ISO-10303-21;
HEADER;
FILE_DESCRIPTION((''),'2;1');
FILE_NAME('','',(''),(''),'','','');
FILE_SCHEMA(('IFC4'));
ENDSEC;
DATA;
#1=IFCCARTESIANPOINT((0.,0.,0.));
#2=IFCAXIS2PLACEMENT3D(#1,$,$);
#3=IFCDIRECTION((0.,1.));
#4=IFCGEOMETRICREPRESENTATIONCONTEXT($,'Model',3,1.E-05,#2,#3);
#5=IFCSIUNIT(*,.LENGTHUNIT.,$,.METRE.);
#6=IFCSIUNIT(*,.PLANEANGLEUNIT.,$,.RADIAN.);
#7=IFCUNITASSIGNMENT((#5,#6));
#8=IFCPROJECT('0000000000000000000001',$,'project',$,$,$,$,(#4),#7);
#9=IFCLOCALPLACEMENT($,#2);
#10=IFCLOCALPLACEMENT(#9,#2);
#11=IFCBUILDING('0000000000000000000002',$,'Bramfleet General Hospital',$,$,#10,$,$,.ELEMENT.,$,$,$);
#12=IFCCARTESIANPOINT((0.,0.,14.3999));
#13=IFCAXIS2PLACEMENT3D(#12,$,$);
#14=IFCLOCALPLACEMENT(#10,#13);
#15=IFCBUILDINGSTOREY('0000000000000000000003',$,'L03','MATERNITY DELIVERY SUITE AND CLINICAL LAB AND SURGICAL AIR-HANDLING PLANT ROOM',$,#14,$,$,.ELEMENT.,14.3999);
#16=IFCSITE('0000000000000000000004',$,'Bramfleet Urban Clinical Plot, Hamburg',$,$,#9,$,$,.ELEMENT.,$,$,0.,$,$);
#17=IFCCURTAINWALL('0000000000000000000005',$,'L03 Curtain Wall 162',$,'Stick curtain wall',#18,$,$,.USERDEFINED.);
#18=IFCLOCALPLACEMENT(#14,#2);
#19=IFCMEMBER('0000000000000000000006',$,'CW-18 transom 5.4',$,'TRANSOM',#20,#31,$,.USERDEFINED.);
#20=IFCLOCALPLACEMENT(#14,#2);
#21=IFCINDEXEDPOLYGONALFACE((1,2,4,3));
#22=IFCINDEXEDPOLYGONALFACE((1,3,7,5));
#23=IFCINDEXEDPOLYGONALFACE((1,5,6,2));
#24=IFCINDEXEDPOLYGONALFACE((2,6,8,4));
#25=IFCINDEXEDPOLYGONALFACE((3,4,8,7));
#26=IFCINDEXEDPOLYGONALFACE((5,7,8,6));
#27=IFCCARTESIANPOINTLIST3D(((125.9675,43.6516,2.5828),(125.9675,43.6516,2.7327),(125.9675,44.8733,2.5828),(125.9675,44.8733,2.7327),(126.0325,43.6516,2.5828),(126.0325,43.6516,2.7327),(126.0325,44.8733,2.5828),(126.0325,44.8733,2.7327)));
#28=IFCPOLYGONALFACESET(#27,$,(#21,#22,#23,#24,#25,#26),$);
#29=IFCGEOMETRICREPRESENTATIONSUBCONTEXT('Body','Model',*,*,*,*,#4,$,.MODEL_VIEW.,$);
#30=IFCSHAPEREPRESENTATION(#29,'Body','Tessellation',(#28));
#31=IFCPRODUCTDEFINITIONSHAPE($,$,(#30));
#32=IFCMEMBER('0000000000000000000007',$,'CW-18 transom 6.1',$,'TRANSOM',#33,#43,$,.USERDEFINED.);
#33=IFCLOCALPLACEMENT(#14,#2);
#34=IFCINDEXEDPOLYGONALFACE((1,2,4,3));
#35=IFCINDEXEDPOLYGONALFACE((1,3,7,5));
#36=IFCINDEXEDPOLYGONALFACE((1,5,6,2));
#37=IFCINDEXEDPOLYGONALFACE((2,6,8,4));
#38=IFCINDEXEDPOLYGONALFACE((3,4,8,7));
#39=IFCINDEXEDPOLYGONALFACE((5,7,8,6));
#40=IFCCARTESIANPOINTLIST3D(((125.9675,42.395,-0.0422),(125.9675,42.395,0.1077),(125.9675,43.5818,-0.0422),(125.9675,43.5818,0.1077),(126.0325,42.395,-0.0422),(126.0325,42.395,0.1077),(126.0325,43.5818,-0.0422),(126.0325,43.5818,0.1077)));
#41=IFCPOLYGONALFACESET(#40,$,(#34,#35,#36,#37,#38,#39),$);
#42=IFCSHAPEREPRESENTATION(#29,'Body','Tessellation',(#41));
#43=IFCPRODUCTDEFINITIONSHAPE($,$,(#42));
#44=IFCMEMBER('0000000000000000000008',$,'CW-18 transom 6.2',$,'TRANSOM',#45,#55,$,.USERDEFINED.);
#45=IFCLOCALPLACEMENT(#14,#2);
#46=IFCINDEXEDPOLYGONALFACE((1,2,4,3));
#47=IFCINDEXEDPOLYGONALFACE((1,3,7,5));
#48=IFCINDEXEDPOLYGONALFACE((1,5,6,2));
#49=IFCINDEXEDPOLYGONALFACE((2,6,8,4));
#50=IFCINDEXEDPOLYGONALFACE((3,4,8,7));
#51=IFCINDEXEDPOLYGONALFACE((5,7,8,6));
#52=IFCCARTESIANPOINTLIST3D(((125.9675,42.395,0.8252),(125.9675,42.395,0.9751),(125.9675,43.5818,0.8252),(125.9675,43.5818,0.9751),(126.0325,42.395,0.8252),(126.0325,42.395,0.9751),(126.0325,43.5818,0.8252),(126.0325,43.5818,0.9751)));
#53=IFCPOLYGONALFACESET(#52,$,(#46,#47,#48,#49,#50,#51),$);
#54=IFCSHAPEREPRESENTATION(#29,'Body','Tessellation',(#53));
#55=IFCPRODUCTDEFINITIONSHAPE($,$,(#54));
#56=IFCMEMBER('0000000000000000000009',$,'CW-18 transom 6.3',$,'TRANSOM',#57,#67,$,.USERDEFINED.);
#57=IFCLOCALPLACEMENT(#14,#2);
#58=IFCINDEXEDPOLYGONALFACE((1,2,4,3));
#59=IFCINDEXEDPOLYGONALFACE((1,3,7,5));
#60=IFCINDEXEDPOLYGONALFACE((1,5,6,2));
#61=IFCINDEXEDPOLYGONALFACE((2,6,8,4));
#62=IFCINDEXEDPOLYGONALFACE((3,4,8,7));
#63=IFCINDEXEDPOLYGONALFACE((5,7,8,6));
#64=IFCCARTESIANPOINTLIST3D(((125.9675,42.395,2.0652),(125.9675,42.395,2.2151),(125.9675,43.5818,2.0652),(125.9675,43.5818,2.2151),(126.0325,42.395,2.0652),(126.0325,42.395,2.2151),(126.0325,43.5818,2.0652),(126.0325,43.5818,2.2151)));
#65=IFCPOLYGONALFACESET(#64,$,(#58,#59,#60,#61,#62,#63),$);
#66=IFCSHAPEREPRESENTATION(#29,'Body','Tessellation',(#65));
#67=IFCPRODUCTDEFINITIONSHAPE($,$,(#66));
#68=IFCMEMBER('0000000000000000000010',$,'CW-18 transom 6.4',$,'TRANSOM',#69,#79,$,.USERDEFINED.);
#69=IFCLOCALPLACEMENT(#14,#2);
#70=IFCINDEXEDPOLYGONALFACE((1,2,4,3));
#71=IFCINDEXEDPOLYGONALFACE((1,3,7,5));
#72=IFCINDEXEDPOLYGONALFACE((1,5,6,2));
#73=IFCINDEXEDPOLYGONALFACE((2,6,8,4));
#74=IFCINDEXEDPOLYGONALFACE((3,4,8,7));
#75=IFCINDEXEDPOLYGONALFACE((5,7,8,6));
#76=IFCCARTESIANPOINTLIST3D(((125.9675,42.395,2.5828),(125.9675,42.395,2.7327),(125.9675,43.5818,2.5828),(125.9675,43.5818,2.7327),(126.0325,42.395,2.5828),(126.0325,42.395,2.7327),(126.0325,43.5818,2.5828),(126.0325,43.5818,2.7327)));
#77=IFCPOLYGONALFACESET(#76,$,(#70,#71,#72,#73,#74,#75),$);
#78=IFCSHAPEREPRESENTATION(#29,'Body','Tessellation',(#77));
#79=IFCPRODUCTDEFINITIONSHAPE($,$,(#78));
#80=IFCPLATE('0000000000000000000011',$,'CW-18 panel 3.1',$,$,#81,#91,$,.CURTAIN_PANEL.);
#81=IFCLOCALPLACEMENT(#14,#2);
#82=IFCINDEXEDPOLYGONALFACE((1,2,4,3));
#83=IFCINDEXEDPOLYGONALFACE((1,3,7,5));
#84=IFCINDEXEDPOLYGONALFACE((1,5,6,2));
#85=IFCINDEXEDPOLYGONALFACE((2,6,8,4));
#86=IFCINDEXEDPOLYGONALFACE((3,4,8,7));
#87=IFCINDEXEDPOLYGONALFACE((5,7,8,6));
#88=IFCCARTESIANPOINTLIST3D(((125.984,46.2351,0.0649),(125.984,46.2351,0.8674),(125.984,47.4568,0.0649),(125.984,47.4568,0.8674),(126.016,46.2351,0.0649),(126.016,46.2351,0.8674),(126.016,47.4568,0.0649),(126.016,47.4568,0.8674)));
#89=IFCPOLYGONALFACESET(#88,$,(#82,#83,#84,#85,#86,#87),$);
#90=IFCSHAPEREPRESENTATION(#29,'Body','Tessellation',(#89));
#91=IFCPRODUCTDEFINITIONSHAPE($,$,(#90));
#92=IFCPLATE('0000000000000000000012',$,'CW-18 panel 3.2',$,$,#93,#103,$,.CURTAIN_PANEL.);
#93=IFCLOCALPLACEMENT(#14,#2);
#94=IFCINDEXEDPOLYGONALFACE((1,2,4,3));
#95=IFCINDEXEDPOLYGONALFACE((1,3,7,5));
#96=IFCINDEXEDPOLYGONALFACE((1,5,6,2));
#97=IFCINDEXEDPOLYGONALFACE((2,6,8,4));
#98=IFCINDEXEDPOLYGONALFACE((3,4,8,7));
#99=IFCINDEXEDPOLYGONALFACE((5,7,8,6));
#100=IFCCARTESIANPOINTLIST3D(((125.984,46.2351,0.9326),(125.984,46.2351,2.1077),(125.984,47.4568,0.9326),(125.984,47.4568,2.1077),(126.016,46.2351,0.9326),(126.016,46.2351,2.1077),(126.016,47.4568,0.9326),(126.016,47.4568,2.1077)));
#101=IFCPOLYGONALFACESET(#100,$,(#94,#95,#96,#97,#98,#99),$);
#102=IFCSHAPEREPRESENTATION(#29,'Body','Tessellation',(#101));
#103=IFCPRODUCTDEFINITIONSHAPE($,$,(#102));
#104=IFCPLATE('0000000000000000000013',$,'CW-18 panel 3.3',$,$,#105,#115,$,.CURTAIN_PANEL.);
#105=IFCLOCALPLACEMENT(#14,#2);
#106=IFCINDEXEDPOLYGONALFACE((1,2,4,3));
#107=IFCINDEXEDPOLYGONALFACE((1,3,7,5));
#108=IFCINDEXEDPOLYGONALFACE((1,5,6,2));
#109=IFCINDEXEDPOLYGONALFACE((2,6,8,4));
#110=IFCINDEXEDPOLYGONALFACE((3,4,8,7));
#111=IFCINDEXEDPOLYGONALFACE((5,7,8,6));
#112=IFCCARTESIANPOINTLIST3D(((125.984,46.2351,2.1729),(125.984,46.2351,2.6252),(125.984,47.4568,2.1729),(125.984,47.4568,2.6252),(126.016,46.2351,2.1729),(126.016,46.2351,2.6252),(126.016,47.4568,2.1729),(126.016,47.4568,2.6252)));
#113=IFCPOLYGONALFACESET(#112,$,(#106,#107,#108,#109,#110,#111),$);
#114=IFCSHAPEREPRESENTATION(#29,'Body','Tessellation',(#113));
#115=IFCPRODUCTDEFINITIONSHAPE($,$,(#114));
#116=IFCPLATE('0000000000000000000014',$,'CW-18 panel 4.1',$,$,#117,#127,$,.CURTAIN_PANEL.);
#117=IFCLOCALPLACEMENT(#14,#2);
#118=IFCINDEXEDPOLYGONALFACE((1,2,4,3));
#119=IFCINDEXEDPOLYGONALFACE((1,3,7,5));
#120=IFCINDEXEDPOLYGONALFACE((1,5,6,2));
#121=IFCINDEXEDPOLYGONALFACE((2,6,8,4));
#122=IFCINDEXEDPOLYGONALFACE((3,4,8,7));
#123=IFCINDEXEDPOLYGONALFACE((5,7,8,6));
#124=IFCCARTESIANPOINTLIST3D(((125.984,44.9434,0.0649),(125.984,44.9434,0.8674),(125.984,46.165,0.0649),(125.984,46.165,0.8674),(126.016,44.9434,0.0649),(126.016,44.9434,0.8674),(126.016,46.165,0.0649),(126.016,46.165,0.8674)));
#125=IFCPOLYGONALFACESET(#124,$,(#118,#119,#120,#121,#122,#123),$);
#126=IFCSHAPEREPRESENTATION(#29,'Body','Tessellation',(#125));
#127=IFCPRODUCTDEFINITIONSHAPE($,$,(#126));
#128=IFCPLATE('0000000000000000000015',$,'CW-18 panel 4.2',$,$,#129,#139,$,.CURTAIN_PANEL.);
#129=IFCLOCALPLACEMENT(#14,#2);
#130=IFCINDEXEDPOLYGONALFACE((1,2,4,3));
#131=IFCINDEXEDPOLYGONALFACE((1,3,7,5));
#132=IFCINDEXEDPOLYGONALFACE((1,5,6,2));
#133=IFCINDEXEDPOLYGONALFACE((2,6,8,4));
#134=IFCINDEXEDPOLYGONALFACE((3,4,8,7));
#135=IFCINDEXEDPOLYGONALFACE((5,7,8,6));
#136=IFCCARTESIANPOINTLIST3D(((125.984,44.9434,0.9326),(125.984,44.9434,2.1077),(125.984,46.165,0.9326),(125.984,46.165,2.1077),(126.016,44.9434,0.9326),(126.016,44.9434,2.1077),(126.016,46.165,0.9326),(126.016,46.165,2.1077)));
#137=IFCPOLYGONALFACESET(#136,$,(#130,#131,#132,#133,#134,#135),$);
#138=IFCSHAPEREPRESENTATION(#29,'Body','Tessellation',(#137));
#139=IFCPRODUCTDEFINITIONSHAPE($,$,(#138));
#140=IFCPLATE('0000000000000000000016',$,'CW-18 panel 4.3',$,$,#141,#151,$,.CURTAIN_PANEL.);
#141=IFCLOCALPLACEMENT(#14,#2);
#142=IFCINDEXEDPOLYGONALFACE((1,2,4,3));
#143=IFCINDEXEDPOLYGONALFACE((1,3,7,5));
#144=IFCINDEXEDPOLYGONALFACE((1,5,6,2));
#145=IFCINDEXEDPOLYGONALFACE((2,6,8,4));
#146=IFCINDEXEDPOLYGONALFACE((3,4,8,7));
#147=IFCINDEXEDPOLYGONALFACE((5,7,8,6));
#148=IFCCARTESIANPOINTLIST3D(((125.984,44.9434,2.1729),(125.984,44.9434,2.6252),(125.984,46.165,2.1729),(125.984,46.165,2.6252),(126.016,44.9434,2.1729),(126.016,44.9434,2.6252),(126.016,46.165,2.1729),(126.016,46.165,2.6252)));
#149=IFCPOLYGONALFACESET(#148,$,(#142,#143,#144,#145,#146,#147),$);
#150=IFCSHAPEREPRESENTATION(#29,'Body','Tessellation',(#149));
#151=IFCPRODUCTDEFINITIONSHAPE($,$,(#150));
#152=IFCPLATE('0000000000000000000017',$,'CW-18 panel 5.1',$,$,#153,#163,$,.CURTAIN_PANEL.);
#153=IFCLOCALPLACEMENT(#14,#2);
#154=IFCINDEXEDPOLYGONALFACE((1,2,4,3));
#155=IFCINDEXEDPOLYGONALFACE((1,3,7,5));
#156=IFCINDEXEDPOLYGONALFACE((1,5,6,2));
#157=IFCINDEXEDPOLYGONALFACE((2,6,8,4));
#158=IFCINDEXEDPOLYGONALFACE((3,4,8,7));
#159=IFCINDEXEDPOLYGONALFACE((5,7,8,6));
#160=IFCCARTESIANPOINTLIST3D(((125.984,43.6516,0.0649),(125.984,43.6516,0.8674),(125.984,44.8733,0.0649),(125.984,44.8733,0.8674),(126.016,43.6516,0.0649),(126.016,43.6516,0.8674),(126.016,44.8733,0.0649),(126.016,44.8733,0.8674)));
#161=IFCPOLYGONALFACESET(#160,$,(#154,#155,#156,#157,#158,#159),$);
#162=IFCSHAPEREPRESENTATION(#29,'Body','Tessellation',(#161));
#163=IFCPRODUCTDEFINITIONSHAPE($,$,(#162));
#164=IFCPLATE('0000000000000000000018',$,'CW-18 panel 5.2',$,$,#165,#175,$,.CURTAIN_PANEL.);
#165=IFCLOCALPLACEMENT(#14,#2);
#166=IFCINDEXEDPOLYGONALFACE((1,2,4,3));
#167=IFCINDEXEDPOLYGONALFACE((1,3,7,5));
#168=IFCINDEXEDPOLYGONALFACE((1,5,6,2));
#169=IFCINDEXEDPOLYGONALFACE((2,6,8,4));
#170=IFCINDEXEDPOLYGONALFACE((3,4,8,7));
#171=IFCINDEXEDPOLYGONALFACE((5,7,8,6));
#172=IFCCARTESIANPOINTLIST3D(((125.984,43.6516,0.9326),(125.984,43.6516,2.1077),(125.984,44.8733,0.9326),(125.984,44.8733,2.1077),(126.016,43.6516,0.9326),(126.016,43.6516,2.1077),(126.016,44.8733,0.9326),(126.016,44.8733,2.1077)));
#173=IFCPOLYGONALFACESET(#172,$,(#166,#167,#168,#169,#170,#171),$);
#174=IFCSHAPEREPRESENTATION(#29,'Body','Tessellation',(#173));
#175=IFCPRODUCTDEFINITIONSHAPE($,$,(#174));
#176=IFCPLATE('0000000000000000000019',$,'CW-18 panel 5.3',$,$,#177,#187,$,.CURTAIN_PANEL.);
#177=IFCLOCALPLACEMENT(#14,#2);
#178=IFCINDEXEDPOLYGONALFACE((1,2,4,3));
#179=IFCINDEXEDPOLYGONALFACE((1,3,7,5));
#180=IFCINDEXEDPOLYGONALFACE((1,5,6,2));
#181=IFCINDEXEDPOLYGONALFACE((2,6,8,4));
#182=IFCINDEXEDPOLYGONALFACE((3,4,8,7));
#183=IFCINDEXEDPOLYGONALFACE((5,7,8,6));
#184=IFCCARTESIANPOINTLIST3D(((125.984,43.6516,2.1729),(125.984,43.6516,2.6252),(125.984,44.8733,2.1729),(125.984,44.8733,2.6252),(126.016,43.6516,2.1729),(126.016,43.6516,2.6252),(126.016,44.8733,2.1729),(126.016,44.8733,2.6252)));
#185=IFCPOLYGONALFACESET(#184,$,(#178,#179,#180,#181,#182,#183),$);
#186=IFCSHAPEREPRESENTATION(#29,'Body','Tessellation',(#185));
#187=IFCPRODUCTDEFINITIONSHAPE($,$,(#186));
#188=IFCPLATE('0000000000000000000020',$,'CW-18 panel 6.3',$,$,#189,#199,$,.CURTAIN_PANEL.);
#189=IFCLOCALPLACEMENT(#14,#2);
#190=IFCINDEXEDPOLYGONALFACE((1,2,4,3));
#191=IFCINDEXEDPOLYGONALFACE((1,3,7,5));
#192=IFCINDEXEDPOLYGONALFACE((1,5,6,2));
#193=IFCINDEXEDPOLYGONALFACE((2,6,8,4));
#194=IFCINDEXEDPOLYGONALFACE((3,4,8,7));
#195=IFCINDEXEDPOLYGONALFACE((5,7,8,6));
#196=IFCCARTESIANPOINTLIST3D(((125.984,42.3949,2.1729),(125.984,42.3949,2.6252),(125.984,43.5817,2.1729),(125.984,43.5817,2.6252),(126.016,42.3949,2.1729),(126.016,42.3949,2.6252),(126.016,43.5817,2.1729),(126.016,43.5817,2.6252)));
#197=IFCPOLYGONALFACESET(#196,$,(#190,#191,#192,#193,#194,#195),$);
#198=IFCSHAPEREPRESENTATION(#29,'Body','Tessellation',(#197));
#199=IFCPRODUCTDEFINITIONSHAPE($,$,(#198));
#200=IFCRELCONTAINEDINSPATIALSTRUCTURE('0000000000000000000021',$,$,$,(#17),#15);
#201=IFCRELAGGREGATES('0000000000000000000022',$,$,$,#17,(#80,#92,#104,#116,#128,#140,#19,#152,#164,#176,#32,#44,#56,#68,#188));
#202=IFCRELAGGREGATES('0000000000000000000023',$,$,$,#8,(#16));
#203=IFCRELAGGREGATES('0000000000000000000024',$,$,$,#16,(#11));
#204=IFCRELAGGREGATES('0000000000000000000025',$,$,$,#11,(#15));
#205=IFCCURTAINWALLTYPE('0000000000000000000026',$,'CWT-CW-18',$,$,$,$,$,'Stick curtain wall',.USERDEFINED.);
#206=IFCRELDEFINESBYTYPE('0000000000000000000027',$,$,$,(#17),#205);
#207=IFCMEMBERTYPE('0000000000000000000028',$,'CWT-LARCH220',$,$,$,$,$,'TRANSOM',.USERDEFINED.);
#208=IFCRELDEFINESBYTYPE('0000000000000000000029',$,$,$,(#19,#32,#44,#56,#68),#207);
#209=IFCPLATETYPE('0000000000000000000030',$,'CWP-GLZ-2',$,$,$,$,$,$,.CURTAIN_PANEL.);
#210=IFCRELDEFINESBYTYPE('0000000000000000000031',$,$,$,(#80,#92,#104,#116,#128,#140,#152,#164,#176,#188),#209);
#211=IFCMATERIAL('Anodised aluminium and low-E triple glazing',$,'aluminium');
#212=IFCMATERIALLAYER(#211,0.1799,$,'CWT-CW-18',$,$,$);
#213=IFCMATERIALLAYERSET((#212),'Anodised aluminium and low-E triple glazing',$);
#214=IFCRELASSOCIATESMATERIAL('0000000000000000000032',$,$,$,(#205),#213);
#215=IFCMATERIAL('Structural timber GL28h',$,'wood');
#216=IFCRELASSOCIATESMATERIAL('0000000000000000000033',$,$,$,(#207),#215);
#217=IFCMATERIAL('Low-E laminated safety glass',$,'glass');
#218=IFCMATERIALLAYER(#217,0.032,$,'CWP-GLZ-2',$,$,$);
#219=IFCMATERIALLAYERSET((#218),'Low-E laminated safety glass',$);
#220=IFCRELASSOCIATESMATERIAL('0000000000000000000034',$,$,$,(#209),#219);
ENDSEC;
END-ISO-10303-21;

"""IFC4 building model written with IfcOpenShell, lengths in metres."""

from ifc_helpers import new_model, si_unit, direction, frame, origin, origin_2d, place, context, subcontext, project, spatial, rectangle, extrude, material, layer, layer_set, material_profile, profile_set, type_object, element, aggregate, save


model = new_model("IFC4")

# Units and contexts
model_context = context("Model", 3, precision=1e-05, world=origin(), true_north=direction((0.0, 1.0)))
body_context = subcontext(model_context, "Body", "Model", "MODEL_VIEW")
ifc_project = project(units=[si_unit("LENGTHUNIT", "METRE"), si_unit("PLANEANGLEUNIT", "RADIAN")], contexts=[model_context])

# Site, building, storey
site_placement = place(None, origin())
site = spatial("IfcSite", under=ifc_project, at=site_placement, Name="Bramfleet Urban Clinical Plot, Hamburg", CompositionType="ELEMENT", RefElevation=0.0)
building_placement = place(site_placement, origin())
building = spatial("IfcBuilding", under=site, at=building_placement, Name="Bramfleet General Hospital", CompositionType="ELEMENT")
storey_placement = place(building_placement, frame((0.0, 0.0, 14.3999)))
storey = spatial("IfcBuildingStorey", under=building, at=storey_placement, Name="L03", Description="MATERNITY DELIVERY SUITE AND CLINICAL LAB AND SURGICAL AIR-HANDLING PLANT ROOM", CompositionType="ELEMENT", Elevation=14.3999)

# Curtain wall, members, plates
ifc_material_1 = material(Name="Anodised aluminium and low-E triple glazing", Category="aluminium")
ifc_layer_1 = layer(ifc_material_1, 0.1799, Name="CWT-CW-18")
ifc_layer_set_1 = layer_set([ifc_layer_1], Name="Anodised aluminium and low-E triple glazing")
curtain_wall_type = type_object("IfcCurtainWallType", Name="CWT-CW-18", ElementType="Stick curtain wall", PredefinedType="USERDEFINED", material=ifc_layer_set_1)
curtain_wall_placement = place(storey_placement, origin())
curtain_wall = element("IfcCurtainWall", 1, at=curtain_wall_placement, inside=storey, type_object=curtain_wall_type, Name="L03 Curtain Wall 162", ObjectType="Stick curtain wall", PredefinedType="USERDEFINED")
ifc_material_2 = material(Name="Structural timber GL28h", Category="wood")
ifc_material_profile_1 = material_profile(ifc_material_2, rectangle(XDim=0.0649, YDim=0.1499, at=origin_2d()), Name="LARCH 150x65")
ifc_profile_set_1 = profile_set([ifc_material_profile_1], Name="Structural timber GL28h")
member_type_1 = type_object("IfcMemberType", Name="CWT-LARCH220", ElementType="TRANSOM", PredefinedType="USERDEFINED", material=ifc_profile_set_1)
member_1_placement = place(storey_placement, frame((126.0, 44.8733, 2.6577), z_axis=(0.0, -1.0, 0.0), x_axis=(1.0, 0.0, 0.0)))
member_1 = element("IfcMember", 2, at=member_1_placement, type_object=member_type_1, Name="CW-18 transom 5.4", ObjectType="TRANSOM", PredefinedType="USERDEFINED", context=body_context, shape_type="SweptSolid", body=[
    extrude(rectangle(XDim=0.0649, YDim=0.1499, at=origin_2d()), origin(), (0.0, 0.0, 1.0), 1.2217),
])
member_2_placement = place(storey_placement, frame((126.0, 43.5818, 0.0327), z_axis=(0.0, -1.0, 0.0), x_axis=(1.0, 0.0, 0.0)))
member_2 = element("IfcMember", 3, at=member_2_placement, type_object=member_type_1, Name="CW-18 transom 6.1", ObjectType="TRANSOM", PredefinedType="USERDEFINED", context=body_context, shape_type="SweptSolid", body=[
    extrude(rectangle(XDim=0.0649, YDim=0.1499, at=origin_2d()), origin(), (0.0, 0.0, 1.0), 1.1868),
])
member_3_placement = place(storey_placement, frame((126.0, 43.5818, 0.9001), z_axis=(0.0, -1.0, 0.0), x_axis=(1.0, 0.0, 0.0)))
member_3 = element("IfcMember", 4, at=member_3_placement, type_object=member_type_1, Name="CW-18 transom 6.2", ObjectType="TRANSOM", PredefinedType="USERDEFINED", context=body_context, shape_type="SweptSolid", body=[
    extrude(rectangle(XDim=0.0649, YDim=0.1499, at=origin_2d()), origin(), (0.0, 0.0, 1.0), 1.1868),
])
member_4_placement = place(storey_placement, frame((126.0, 43.5818, 2.1401), z_axis=(0.0, -1.0, 0.0), x_axis=(1.0, 0.0, 0.0)))
member_4 = element("IfcMember", 5, at=member_4_placement, type_object=member_type_1, Name="CW-18 transom 6.3", ObjectType="TRANSOM", PredefinedType="USERDEFINED", context=body_context, shape_type="SweptSolid", body=[
    extrude(rectangle(XDim=0.0649, YDim=0.1499, at=origin_2d()), origin(), (0.0, 0.0, 1.0), 1.1868),
])
member_5_placement = place(storey_placement, frame((126.0, 43.5818, 2.6577), z_axis=(0.0, -1.0, 0.0), x_axis=(1.0, 0.0, 0.0)))
member_5 = element("IfcMember", 6, at=member_5_placement, type_object=member_type_1, Name="CW-18 transom 6.4", ObjectType="TRANSOM", PredefinedType="USERDEFINED", context=body_context, shape_type="SweptSolid", body=[
    extrude(rectangle(XDim=0.0649, YDim=0.1499, at=origin_2d()), origin(), (0.0, 0.0, 1.0), 1.1868),
])
ifc_material_3 = material(Name="Low-E laminated safety glass", Category="glass")
ifc_layer_2 = layer(ifc_material_3, 0.032, Name="CWP-GLZ-2")
ifc_layer_set_2 = layer_set([ifc_layer_2], Name="Low-E laminated safety glass")
plate_type = type_object("IfcPlateType", Name="CWP-GLZ-2", PredefinedType="CURTAIN_PANEL", material=ifc_layer_set_2)
plate_1_placement = place(storey_placement, frame((126.0, 46.8459, 0.0649), z_axis=(0.0, 0.0, 1.0), x_axis=(0.0, -1.0, 0.0)))
plate_1 = element("IfcPlate", 7, at=plate_1_placement, type_object=plate_type, Name="CW-18 panel 3.1", PredefinedType="CURTAIN_PANEL", context=body_context, shape_type="SweptSolid", body=[
    extrude(rectangle(XDim=1.2217, YDim=0.032, at=origin_2d()), origin(), (0.0, 0.0, 1.0), 0.8025),
])
plate_2_placement = place(storey_placement, frame((126.0, 46.8459, 0.9326), z_axis=(0.0, 0.0, 1.0), x_axis=(0.0, -1.0, 0.0)))
plate_2 = element("IfcPlate", 8, at=plate_2_placement, type_object=plate_type, Name="CW-18 panel 3.2", PredefinedType="CURTAIN_PANEL", context=body_context, shape_type="SweptSolid", body=[
    extrude(rectangle(XDim=1.2217, YDim=0.032, at=origin_2d()), origin(), (0.0, 0.0, 1.0), 1.175),
])
plate_3_placement = place(storey_placement, frame((126.0, 46.8459, 2.1729), z_axis=(0.0, 0.0, 1.0), x_axis=(0.0, -1.0, 0.0)))
plate_3 = element("IfcPlate", 9, at=plate_3_placement, type_object=plate_type, Name="CW-18 panel 3.3", PredefinedType="CURTAIN_PANEL", context=body_context, shape_type="SweptSolid", body=[
    extrude(rectangle(XDim=1.2217, YDim=0.032, at=origin_2d()), origin(), (0.0, 0.0, 1.0), 0.4524),
])
plate_4_placement = place(storey_placement, frame((126.0, 45.5542, 0.0649), z_axis=(0.0, 0.0, 1.0), x_axis=(0.0, -1.0, 0.0)))
plate_4 = element("IfcPlate", 10, at=plate_4_placement, type_object=plate_type, Name="CW-18 panel 4.1", PredefinedType="CURTAIN_PANEL", context=body_context, shape_type="SweptSolid", body=[
    extrude(rectangle(XDim=1.2217, YDim=0.032, at=origin_2d()), origin(), (0.0, 0.0, 1.0), 0.8025),
])
plate_5_placement = place(storey_placement, frame((126.0, 45.5542, 0.9326), z_axis=(0.0, 0.0, 1.0), x_axis=(0.0, -1.0, 0.0)))
plate_5 = element("IfcPlate", 11, at=plate_5_placement, type_object=plate_type, Name="CW-18 panel 4.2", PredefinedType="CURTAIN_PANEL", context=body_context, shape_type="SweptSolid", body=[
    extrude(rectangle(XDim=1.2217, YDim=0.032, at=origin_2d()), origin(), (0.0, 0.0, 1.0), 1.175),
])
plate_6_placement = place(storey_placement, frame((126.0, 45.5542, 2.1729), z_axis=(0.0, 0.0, 1.0), x_axis=(0.0, -1.0, 0.0)))
plate_6 = element("IfcPlate", 12, at=plate_6_placement, type_object=plate_type, Name="CW-18 panel 4.3", PredefinedType="CURTAIN_PANEL", context=body_context, shape_type="SweptSolid", body=[
    extrude(rectangle(XDim=1.2217, YDim=0.032, at=origin_2d()), origin(), (0.0, 0.0, 1.0), 0.4524),
])
plate_7_placement = place(storey_placement, frame((126.0, 44.2625, 0.0649), z_axis=(0.0, 0.0, 1.0), x_axis=(0.0, -1.0, 0.0)))
plate_7 = element("IfcPlate", 13, at=plate_7_placement, type_object=plate_type, Name="CW-18 panel 5.1", PredefinedType="CURTAIN_PANEL", context=body_context, shape_type="SweptSolid", body=[
    extrude(rectangle(XDim=1.2217, YDim=0.032, at=origin_2d()), origin(), (0.0, 0.0, 1.0), 0.8025),
])
plate_8_placement = place(storey_placement, frame((126.0, 44.2625, 0.9326), z_axis=(0.0, 0.0, 1.0), x_axis=(0.0, -1.0, 0.0)))
plate_8 = element("IfcPlate", 14, at=plate_8_placement, type_object=plate_type, Name="CW-18 panel 5.2", PredefinedType="CURTAIN_PANEL", context=body_context, shape_type="SweptSolid", body=[
    extrude(rectangle(XDim=1.2217, YDim=0.032, at=origin_2d()), origin(), (0.0, 0.0, 1.0), 1.175),
])
plate_9_placement = place(storey_placement, frame((126.0, 44.2625, 2.1729), z_axis=(0.0, 0.0, 1.0), x_axis=(0.0, -1.0, 0.0)))
plate_9 = element("IfcPlate", 15, at=plate_9_placement, type_object=plate_type, Name="CW-18 panel 5.3", PredefinedType="CURTAIN_PANEL", context=body_context, shape_type="SweptSolid", body=[
    extrude(rectangle(XDim=1.2217, YDim=0.032, at=origin_2d()), origin(), (0.0, 0.0, 1.0), 0.4524),
])
plate_10_placement = place(storey_placement, frame((126.0, 42.9883, 2.1729), z_axis=(0.0, 0.0, 1.0), x_axis=(0.0, -1.0, 0.0)))
plate_10 = element("IfcPlate", 16, at=plate_10_placement, type_object=plate_type, Name="CW-18 panel 6.3", PredefinedType="CURTAIN_PANEL", context=body_context, shape_type="SweptSolid", body=[
    extrude(rectangle(XDim=1.1868, YDim=0.032, at=origin_2d()), origin(), (0.0, 0.0, 1.0), 0.4524),
])
aggregate(curtain_wall, [plate_1, plate_2, plate_3, plate_4, plate_5, plate_6, member_1, plate_7, plate_8, plate_9, member_2, member_3, member_4, member_5, plate_10])

save(model, "model.ifc")
